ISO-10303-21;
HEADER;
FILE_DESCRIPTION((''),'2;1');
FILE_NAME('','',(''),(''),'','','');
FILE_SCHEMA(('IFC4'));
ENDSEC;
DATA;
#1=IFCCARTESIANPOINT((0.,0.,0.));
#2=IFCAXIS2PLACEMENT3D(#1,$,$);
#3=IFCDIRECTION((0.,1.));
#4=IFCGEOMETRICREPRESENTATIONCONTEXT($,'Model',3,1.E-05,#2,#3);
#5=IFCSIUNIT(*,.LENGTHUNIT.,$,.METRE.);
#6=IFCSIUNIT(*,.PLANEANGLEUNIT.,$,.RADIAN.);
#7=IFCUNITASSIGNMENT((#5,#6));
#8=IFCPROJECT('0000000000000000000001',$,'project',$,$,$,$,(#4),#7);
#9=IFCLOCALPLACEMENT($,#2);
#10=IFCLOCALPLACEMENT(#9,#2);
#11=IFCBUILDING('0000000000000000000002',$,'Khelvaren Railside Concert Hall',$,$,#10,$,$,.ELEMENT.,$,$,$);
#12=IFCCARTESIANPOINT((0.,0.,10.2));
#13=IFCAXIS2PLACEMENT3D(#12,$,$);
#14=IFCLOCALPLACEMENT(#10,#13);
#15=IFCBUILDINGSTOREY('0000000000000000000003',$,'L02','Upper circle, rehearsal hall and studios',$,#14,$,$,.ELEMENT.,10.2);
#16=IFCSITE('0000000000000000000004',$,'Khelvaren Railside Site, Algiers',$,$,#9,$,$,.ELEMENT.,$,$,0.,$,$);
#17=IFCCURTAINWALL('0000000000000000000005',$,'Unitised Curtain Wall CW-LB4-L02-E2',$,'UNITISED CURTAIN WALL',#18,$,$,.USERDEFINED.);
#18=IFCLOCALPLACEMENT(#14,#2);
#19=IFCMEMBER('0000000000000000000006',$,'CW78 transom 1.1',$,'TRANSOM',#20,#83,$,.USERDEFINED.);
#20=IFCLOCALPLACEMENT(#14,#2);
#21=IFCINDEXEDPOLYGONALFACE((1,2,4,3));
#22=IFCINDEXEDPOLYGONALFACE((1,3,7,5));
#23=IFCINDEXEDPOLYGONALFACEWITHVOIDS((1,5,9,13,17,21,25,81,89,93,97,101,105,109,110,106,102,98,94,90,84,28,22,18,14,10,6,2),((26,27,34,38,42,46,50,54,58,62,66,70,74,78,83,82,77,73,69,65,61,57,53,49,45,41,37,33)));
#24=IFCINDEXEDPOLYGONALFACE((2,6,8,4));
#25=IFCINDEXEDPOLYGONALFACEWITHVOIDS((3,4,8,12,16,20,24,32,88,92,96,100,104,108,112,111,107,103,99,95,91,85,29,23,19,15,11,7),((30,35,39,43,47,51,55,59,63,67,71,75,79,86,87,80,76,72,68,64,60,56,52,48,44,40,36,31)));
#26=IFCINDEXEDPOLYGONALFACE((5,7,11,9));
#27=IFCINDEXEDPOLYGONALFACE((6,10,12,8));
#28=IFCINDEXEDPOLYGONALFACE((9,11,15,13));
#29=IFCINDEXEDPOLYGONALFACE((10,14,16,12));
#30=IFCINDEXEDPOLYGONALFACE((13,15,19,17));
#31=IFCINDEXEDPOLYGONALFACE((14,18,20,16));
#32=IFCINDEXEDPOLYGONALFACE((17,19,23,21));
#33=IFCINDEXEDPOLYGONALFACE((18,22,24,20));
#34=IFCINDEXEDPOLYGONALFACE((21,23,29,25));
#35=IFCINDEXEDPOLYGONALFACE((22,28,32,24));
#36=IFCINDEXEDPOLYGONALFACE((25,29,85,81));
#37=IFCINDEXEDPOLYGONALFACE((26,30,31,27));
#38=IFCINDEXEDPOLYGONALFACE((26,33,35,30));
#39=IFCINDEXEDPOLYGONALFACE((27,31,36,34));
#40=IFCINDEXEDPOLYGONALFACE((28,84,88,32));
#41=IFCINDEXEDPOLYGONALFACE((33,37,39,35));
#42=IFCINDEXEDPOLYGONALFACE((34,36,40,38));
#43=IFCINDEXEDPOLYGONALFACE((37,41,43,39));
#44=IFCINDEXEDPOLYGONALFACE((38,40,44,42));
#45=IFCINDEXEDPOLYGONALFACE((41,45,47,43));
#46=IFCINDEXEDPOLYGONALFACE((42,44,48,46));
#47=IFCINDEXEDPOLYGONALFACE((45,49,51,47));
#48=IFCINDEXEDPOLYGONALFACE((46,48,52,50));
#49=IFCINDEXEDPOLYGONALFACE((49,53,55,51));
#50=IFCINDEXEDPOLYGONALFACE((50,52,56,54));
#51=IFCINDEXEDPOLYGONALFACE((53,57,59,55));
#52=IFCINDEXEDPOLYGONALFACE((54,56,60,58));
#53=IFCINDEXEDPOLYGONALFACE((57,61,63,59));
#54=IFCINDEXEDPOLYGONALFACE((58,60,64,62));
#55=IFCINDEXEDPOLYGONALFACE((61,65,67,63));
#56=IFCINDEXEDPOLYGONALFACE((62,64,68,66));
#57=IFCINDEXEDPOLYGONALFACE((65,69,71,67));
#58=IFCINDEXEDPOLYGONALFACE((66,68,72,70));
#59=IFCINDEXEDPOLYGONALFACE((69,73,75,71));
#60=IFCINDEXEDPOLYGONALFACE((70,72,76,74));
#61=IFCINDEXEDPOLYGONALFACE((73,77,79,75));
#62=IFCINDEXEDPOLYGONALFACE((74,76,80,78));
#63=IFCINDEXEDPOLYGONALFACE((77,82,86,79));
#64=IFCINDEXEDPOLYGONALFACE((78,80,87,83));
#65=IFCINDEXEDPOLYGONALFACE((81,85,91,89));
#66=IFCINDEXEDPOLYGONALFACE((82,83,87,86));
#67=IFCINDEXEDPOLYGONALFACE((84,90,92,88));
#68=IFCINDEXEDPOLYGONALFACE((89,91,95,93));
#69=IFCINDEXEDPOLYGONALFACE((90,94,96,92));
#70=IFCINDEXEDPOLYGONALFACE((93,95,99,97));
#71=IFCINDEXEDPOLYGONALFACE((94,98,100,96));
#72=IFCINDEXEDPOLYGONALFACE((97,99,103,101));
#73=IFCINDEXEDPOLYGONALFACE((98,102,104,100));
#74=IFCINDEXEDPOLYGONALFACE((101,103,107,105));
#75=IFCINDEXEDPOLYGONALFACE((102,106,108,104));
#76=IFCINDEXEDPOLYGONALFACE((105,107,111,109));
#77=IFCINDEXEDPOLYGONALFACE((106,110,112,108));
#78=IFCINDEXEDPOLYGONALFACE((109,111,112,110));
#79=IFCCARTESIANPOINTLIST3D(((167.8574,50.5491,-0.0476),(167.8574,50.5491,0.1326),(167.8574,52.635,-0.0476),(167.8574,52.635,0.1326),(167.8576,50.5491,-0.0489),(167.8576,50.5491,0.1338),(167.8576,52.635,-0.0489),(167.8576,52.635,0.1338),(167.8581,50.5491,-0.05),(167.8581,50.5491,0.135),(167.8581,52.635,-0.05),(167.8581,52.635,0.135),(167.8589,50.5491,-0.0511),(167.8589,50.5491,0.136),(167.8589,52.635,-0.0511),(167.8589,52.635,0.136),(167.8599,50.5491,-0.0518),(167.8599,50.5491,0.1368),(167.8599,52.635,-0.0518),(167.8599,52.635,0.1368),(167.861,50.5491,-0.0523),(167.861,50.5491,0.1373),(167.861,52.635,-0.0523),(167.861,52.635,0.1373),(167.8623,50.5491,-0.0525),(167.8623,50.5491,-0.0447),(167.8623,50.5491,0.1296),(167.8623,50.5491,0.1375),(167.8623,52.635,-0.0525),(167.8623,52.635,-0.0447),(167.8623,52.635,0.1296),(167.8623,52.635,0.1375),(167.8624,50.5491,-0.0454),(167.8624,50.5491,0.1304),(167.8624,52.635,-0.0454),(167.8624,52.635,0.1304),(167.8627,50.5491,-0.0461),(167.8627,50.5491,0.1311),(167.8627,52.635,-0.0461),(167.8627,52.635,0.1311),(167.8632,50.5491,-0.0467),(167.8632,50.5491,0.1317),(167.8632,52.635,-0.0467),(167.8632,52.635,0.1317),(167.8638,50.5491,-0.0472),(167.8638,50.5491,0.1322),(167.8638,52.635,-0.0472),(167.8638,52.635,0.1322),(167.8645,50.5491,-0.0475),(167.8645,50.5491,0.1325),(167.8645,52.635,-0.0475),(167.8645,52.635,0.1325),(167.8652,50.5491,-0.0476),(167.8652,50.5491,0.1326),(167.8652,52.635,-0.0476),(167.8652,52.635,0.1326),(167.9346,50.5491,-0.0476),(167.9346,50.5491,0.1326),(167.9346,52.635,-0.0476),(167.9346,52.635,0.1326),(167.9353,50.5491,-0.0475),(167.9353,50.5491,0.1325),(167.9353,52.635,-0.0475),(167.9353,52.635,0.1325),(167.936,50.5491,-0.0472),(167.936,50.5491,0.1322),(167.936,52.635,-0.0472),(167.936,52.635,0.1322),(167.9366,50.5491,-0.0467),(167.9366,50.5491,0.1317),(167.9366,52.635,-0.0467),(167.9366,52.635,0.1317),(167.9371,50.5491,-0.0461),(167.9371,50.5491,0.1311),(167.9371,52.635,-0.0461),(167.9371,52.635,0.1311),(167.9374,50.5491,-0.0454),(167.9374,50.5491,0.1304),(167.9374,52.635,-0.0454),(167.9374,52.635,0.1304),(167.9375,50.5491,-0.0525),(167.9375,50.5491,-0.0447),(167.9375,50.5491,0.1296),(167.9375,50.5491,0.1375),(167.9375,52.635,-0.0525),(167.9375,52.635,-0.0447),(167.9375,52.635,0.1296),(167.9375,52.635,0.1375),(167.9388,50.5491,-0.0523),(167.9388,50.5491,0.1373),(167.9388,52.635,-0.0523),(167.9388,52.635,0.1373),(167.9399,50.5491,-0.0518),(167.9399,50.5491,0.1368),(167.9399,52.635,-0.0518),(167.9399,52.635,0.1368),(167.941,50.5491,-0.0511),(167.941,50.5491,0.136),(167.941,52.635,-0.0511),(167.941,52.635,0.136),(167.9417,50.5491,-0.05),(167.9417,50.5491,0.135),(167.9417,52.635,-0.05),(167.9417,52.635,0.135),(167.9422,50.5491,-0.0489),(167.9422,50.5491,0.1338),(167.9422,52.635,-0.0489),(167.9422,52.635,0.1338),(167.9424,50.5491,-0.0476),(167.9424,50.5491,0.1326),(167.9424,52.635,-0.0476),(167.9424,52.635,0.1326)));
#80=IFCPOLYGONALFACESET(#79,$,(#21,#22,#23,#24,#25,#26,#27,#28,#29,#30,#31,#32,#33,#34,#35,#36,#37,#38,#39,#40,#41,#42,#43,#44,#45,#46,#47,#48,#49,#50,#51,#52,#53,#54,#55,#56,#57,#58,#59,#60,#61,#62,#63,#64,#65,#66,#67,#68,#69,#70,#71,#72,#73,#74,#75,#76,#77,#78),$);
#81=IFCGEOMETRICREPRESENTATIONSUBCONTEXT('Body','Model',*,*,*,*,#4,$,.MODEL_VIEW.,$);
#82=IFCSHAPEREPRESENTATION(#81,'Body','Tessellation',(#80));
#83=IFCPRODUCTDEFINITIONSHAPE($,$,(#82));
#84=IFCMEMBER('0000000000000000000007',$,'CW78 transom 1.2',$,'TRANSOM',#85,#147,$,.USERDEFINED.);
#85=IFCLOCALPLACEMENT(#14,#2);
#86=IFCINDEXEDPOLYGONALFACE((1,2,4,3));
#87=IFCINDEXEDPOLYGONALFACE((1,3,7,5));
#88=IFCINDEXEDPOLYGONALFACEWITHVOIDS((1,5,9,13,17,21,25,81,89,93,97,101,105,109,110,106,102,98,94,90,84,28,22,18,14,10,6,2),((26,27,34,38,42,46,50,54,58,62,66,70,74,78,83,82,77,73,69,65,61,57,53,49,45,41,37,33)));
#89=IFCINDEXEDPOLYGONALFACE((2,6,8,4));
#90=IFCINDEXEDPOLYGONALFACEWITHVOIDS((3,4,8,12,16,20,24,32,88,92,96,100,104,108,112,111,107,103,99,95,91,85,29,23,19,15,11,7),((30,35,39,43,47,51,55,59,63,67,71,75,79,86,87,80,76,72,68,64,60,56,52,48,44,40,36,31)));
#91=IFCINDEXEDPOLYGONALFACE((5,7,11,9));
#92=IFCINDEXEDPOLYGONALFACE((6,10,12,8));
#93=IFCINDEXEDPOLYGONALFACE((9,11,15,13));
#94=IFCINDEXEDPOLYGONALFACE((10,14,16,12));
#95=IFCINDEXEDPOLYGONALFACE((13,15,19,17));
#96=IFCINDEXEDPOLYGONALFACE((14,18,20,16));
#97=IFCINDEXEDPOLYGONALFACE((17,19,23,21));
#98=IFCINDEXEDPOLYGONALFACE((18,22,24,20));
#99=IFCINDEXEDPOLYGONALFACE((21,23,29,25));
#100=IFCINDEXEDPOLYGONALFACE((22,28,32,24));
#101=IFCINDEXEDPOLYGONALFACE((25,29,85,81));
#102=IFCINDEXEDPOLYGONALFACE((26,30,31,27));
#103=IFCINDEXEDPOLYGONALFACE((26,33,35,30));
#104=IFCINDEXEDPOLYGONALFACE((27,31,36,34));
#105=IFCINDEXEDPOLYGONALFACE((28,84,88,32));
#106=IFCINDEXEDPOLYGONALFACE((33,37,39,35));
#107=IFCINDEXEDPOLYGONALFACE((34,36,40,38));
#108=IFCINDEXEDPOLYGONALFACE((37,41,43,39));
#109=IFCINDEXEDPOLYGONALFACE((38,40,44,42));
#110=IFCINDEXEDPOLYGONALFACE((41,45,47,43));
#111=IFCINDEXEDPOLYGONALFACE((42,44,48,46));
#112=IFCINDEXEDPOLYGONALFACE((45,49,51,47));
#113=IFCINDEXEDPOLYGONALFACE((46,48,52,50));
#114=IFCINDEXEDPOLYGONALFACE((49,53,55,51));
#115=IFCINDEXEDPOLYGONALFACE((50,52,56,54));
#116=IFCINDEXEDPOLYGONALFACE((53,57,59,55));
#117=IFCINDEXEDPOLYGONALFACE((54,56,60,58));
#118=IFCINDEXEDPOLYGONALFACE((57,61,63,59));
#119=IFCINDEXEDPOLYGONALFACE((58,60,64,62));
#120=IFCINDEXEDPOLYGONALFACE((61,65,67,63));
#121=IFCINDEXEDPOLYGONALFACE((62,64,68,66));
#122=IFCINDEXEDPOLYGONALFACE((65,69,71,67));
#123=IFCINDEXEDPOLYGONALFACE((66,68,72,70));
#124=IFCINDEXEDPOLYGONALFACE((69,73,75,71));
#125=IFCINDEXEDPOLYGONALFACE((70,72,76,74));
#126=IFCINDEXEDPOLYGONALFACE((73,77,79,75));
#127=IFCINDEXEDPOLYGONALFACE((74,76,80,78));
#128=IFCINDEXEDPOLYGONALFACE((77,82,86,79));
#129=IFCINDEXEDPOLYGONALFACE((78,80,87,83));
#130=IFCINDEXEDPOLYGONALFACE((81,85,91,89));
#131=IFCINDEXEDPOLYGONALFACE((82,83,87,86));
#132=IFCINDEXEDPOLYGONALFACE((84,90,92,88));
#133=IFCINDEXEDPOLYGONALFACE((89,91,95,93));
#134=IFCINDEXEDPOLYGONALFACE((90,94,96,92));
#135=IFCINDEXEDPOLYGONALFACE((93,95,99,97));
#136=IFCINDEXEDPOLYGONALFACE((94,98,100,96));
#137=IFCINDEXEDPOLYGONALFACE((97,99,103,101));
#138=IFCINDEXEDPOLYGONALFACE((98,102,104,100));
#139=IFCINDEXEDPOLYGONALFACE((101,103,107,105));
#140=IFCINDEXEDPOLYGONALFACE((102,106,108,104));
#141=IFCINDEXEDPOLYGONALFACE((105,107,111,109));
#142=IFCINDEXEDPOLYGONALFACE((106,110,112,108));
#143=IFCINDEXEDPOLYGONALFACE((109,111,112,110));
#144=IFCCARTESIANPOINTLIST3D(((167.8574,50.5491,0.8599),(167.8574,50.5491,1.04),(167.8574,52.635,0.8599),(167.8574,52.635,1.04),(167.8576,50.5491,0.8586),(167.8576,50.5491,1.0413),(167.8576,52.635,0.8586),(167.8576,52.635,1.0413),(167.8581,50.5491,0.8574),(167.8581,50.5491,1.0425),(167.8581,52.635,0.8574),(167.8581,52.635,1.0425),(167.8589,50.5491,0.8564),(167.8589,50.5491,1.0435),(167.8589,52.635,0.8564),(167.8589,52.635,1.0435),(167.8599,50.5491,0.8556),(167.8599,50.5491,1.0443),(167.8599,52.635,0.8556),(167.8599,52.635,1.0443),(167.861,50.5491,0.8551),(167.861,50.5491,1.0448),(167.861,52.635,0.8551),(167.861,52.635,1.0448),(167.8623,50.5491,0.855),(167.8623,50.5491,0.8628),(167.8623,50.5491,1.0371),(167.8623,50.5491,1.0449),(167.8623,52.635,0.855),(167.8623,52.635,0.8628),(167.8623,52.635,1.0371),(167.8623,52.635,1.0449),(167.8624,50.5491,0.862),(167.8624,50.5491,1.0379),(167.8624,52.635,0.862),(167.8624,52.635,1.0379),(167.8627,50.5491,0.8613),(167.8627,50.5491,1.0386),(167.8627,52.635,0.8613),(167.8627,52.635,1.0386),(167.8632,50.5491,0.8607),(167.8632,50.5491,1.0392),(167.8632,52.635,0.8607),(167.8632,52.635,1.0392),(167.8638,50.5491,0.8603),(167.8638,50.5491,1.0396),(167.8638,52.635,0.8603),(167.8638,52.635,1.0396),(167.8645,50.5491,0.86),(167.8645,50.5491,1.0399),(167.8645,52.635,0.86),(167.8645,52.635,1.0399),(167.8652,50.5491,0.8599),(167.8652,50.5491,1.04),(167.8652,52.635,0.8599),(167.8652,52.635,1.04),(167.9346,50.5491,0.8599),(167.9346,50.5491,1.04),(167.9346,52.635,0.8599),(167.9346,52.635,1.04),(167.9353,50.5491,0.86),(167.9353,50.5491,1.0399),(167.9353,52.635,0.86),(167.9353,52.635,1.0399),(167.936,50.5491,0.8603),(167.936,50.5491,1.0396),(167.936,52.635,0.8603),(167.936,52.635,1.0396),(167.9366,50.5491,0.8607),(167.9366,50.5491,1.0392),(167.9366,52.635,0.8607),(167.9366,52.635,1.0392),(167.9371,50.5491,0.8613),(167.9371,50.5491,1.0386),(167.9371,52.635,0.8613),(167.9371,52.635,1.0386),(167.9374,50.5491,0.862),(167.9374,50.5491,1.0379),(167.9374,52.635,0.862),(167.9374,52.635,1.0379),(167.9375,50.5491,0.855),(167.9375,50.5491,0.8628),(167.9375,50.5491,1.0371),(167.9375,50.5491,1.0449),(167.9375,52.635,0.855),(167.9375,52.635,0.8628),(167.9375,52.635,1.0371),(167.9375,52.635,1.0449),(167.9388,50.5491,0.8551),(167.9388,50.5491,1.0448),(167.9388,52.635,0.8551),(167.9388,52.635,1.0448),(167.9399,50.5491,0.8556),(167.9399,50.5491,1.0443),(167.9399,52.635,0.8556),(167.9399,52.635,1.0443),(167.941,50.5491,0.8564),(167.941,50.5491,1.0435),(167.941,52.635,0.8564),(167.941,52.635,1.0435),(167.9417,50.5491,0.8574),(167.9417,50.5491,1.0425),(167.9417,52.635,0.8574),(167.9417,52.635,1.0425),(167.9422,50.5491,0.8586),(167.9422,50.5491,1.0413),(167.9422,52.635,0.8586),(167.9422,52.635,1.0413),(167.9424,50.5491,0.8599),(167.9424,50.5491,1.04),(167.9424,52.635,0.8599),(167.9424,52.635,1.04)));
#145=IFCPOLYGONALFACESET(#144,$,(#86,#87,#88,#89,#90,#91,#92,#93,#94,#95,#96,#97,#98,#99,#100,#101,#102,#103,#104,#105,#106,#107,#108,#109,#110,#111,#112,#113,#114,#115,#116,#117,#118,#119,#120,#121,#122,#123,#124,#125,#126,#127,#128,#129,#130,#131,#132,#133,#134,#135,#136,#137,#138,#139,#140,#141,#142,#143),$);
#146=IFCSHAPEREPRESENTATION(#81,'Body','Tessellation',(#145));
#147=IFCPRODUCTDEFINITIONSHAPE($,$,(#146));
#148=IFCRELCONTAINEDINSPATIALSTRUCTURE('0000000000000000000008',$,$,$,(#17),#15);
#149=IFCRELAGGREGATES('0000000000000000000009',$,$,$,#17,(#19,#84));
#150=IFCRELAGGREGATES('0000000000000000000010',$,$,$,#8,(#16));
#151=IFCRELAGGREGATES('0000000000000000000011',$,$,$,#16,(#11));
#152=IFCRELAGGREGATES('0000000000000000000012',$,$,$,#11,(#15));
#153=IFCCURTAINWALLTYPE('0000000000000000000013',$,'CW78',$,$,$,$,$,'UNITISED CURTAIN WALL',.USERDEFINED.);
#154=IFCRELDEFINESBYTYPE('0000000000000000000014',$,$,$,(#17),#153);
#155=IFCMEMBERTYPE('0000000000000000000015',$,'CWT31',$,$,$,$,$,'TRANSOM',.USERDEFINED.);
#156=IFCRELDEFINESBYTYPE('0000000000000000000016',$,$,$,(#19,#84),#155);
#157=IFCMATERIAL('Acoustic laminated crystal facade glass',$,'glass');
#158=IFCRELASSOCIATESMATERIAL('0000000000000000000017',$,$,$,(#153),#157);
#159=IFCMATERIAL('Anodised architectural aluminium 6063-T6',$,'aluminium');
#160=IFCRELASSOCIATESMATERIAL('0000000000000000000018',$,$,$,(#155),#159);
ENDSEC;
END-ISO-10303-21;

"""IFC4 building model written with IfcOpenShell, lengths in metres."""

from ifc_helpers import new_model, si_unit, direction, frame, origin, origin_2d, place, context, subcontext, project, spatial, hollow_rectangle, extrude, material, material_profile, profile_set, type_object, element, aggregate, save


model = new_model("IFC4")

# Units and contexts
model_context = context("Model", 3, precision=1e-05, world=origin(), true_north=direction((0.0, 1.0)))
body_context = subcontext(model_context, "Body", "Model", "MODEL_VIEW")
ifc_project = project(units=[si_unit("LENGTHUNIT", "METRE"), si_unit("PLANEANGLEUNIT", "RADIAN")], contexts=[model_context])

# Site, building, storey
site_placement = place(None, origin())
site = spatial("IfcSite", under=ifc_project, at=site_placement, Name="Khelvaren Railside Site, Algiers", CompositionType="ELEMENT", RefElevation=0.0)
building_placement = place(site_placement, origin())
building = spatial("IfcBuilding", under=site, at=building_placement, Name="Khelvaren Railside Concert Hall", CompositionType="ELEMENT")
storey_placement = place(building_placement, frame((0.0, 0.0, 10.2)))
storey = spatial("IfcBuildingStorey", under=building, at=storey_placement, Name="L02", Description="Upper circle, rehearsal hall and studios", CompositionType="ELEMENT", Elevation=10.2)

# Curtain wall
ifc_material_1 = material(Name="Acoustic laminated crystal facade glass", Category="glass")
curtain_wall_type = type_object("IfcCurtainWallType", Name="CW78", ElementType="UNITISED CURTAIN WALL", PredefinedType="USERDEFINED", material=ifc_material_1)
curtain_wall_1_placement = place(storey_placement, origin())
curtain_wall_1 = element("IfcCurtainWall", 1, at=curtain_wall_1_placement, inside=storey, type_object=curtain_wall_type, Name="Unitised Curtain Wall CW-LB4-L02-E2", ObjectType="UNITISED CURTAIN WALL", PredefinedType="USERDEFINED")
ifc_material_2 = material(Name="Anodised architectural aluminium 6063-T6", Category="aluminium")

# Members
ifc_material_profile_1 = material_profile(ifc_material_2, hollow_rectangle(XDim=0.085, YDim=0.1899, WallThickness=0.0049, InnerFilletRadius=0.0029, OuterFilletRadius=0.0049, at=origin_2d()), Name="CWT 85x190x5")
ifc_profile_set_1 = profile_set([ifc_material_profile_1], Name="Anodised architectural aluminium 6063-T6")
member_type_1 = type_object("IfcMemberType", Name="CWT31", ElementType="TRANSOM", PredefinedType="USERDEFINED", material=ifc_profile_set_1)
member_1_placement = place(storey_placement, frame((167.8999, 52.635, 0.0425), z_axis=(0.0, -1.0, 0.0), x_axis=(1.0, 0.0, 0.0)))
member_1 = element("IfcMember", 2, at=member_1_placement, type_object=member_type_1, Name="CW78 transom 1.1", ObjectType="TRANSOM", PredefinedType="USERDEFINED", context=body_context, shape_type="SweptSolid", body=[
    extrude(hollow_rectangle(XDim=0.085, YDim=0.1899, WallThickness=0.0049, InnerFilletRadius=0.0029, OuterFilletRadius=0.0049, at=origin_2d()), origin(), (0.0, 0.0, 1.0), 2.0859),
])
member_2_placement = place(storey_placement, frame((167.8999, 52.635, 0.95), z_axis=(0.0, -1.0, 0.0), x_axis=(1.0, 0.0, 0.0)))
member_2 = element("IfcMember", 3, at=member_2_placement, type_object=member_type_1, Name="CW78 transom 1.2", ObjectType="TRANSOM", PredefinedType="USERDEFINED", context=body_context, shape_type="SweptSolid", body=[
    extrude(hollow_rectangle(XDim=0.085, YDim=0.1899, WallThickness=0.0049, InnerFilletRadius=0.0029, OuterFilletRadius=0.0049, at=origin_2d()), origin(), (0.0, 0.0, 1.0), 2.0859),
])

aggregate(curtain_wall_1, [member_1, member_2])

save(model, "model.ifc")
